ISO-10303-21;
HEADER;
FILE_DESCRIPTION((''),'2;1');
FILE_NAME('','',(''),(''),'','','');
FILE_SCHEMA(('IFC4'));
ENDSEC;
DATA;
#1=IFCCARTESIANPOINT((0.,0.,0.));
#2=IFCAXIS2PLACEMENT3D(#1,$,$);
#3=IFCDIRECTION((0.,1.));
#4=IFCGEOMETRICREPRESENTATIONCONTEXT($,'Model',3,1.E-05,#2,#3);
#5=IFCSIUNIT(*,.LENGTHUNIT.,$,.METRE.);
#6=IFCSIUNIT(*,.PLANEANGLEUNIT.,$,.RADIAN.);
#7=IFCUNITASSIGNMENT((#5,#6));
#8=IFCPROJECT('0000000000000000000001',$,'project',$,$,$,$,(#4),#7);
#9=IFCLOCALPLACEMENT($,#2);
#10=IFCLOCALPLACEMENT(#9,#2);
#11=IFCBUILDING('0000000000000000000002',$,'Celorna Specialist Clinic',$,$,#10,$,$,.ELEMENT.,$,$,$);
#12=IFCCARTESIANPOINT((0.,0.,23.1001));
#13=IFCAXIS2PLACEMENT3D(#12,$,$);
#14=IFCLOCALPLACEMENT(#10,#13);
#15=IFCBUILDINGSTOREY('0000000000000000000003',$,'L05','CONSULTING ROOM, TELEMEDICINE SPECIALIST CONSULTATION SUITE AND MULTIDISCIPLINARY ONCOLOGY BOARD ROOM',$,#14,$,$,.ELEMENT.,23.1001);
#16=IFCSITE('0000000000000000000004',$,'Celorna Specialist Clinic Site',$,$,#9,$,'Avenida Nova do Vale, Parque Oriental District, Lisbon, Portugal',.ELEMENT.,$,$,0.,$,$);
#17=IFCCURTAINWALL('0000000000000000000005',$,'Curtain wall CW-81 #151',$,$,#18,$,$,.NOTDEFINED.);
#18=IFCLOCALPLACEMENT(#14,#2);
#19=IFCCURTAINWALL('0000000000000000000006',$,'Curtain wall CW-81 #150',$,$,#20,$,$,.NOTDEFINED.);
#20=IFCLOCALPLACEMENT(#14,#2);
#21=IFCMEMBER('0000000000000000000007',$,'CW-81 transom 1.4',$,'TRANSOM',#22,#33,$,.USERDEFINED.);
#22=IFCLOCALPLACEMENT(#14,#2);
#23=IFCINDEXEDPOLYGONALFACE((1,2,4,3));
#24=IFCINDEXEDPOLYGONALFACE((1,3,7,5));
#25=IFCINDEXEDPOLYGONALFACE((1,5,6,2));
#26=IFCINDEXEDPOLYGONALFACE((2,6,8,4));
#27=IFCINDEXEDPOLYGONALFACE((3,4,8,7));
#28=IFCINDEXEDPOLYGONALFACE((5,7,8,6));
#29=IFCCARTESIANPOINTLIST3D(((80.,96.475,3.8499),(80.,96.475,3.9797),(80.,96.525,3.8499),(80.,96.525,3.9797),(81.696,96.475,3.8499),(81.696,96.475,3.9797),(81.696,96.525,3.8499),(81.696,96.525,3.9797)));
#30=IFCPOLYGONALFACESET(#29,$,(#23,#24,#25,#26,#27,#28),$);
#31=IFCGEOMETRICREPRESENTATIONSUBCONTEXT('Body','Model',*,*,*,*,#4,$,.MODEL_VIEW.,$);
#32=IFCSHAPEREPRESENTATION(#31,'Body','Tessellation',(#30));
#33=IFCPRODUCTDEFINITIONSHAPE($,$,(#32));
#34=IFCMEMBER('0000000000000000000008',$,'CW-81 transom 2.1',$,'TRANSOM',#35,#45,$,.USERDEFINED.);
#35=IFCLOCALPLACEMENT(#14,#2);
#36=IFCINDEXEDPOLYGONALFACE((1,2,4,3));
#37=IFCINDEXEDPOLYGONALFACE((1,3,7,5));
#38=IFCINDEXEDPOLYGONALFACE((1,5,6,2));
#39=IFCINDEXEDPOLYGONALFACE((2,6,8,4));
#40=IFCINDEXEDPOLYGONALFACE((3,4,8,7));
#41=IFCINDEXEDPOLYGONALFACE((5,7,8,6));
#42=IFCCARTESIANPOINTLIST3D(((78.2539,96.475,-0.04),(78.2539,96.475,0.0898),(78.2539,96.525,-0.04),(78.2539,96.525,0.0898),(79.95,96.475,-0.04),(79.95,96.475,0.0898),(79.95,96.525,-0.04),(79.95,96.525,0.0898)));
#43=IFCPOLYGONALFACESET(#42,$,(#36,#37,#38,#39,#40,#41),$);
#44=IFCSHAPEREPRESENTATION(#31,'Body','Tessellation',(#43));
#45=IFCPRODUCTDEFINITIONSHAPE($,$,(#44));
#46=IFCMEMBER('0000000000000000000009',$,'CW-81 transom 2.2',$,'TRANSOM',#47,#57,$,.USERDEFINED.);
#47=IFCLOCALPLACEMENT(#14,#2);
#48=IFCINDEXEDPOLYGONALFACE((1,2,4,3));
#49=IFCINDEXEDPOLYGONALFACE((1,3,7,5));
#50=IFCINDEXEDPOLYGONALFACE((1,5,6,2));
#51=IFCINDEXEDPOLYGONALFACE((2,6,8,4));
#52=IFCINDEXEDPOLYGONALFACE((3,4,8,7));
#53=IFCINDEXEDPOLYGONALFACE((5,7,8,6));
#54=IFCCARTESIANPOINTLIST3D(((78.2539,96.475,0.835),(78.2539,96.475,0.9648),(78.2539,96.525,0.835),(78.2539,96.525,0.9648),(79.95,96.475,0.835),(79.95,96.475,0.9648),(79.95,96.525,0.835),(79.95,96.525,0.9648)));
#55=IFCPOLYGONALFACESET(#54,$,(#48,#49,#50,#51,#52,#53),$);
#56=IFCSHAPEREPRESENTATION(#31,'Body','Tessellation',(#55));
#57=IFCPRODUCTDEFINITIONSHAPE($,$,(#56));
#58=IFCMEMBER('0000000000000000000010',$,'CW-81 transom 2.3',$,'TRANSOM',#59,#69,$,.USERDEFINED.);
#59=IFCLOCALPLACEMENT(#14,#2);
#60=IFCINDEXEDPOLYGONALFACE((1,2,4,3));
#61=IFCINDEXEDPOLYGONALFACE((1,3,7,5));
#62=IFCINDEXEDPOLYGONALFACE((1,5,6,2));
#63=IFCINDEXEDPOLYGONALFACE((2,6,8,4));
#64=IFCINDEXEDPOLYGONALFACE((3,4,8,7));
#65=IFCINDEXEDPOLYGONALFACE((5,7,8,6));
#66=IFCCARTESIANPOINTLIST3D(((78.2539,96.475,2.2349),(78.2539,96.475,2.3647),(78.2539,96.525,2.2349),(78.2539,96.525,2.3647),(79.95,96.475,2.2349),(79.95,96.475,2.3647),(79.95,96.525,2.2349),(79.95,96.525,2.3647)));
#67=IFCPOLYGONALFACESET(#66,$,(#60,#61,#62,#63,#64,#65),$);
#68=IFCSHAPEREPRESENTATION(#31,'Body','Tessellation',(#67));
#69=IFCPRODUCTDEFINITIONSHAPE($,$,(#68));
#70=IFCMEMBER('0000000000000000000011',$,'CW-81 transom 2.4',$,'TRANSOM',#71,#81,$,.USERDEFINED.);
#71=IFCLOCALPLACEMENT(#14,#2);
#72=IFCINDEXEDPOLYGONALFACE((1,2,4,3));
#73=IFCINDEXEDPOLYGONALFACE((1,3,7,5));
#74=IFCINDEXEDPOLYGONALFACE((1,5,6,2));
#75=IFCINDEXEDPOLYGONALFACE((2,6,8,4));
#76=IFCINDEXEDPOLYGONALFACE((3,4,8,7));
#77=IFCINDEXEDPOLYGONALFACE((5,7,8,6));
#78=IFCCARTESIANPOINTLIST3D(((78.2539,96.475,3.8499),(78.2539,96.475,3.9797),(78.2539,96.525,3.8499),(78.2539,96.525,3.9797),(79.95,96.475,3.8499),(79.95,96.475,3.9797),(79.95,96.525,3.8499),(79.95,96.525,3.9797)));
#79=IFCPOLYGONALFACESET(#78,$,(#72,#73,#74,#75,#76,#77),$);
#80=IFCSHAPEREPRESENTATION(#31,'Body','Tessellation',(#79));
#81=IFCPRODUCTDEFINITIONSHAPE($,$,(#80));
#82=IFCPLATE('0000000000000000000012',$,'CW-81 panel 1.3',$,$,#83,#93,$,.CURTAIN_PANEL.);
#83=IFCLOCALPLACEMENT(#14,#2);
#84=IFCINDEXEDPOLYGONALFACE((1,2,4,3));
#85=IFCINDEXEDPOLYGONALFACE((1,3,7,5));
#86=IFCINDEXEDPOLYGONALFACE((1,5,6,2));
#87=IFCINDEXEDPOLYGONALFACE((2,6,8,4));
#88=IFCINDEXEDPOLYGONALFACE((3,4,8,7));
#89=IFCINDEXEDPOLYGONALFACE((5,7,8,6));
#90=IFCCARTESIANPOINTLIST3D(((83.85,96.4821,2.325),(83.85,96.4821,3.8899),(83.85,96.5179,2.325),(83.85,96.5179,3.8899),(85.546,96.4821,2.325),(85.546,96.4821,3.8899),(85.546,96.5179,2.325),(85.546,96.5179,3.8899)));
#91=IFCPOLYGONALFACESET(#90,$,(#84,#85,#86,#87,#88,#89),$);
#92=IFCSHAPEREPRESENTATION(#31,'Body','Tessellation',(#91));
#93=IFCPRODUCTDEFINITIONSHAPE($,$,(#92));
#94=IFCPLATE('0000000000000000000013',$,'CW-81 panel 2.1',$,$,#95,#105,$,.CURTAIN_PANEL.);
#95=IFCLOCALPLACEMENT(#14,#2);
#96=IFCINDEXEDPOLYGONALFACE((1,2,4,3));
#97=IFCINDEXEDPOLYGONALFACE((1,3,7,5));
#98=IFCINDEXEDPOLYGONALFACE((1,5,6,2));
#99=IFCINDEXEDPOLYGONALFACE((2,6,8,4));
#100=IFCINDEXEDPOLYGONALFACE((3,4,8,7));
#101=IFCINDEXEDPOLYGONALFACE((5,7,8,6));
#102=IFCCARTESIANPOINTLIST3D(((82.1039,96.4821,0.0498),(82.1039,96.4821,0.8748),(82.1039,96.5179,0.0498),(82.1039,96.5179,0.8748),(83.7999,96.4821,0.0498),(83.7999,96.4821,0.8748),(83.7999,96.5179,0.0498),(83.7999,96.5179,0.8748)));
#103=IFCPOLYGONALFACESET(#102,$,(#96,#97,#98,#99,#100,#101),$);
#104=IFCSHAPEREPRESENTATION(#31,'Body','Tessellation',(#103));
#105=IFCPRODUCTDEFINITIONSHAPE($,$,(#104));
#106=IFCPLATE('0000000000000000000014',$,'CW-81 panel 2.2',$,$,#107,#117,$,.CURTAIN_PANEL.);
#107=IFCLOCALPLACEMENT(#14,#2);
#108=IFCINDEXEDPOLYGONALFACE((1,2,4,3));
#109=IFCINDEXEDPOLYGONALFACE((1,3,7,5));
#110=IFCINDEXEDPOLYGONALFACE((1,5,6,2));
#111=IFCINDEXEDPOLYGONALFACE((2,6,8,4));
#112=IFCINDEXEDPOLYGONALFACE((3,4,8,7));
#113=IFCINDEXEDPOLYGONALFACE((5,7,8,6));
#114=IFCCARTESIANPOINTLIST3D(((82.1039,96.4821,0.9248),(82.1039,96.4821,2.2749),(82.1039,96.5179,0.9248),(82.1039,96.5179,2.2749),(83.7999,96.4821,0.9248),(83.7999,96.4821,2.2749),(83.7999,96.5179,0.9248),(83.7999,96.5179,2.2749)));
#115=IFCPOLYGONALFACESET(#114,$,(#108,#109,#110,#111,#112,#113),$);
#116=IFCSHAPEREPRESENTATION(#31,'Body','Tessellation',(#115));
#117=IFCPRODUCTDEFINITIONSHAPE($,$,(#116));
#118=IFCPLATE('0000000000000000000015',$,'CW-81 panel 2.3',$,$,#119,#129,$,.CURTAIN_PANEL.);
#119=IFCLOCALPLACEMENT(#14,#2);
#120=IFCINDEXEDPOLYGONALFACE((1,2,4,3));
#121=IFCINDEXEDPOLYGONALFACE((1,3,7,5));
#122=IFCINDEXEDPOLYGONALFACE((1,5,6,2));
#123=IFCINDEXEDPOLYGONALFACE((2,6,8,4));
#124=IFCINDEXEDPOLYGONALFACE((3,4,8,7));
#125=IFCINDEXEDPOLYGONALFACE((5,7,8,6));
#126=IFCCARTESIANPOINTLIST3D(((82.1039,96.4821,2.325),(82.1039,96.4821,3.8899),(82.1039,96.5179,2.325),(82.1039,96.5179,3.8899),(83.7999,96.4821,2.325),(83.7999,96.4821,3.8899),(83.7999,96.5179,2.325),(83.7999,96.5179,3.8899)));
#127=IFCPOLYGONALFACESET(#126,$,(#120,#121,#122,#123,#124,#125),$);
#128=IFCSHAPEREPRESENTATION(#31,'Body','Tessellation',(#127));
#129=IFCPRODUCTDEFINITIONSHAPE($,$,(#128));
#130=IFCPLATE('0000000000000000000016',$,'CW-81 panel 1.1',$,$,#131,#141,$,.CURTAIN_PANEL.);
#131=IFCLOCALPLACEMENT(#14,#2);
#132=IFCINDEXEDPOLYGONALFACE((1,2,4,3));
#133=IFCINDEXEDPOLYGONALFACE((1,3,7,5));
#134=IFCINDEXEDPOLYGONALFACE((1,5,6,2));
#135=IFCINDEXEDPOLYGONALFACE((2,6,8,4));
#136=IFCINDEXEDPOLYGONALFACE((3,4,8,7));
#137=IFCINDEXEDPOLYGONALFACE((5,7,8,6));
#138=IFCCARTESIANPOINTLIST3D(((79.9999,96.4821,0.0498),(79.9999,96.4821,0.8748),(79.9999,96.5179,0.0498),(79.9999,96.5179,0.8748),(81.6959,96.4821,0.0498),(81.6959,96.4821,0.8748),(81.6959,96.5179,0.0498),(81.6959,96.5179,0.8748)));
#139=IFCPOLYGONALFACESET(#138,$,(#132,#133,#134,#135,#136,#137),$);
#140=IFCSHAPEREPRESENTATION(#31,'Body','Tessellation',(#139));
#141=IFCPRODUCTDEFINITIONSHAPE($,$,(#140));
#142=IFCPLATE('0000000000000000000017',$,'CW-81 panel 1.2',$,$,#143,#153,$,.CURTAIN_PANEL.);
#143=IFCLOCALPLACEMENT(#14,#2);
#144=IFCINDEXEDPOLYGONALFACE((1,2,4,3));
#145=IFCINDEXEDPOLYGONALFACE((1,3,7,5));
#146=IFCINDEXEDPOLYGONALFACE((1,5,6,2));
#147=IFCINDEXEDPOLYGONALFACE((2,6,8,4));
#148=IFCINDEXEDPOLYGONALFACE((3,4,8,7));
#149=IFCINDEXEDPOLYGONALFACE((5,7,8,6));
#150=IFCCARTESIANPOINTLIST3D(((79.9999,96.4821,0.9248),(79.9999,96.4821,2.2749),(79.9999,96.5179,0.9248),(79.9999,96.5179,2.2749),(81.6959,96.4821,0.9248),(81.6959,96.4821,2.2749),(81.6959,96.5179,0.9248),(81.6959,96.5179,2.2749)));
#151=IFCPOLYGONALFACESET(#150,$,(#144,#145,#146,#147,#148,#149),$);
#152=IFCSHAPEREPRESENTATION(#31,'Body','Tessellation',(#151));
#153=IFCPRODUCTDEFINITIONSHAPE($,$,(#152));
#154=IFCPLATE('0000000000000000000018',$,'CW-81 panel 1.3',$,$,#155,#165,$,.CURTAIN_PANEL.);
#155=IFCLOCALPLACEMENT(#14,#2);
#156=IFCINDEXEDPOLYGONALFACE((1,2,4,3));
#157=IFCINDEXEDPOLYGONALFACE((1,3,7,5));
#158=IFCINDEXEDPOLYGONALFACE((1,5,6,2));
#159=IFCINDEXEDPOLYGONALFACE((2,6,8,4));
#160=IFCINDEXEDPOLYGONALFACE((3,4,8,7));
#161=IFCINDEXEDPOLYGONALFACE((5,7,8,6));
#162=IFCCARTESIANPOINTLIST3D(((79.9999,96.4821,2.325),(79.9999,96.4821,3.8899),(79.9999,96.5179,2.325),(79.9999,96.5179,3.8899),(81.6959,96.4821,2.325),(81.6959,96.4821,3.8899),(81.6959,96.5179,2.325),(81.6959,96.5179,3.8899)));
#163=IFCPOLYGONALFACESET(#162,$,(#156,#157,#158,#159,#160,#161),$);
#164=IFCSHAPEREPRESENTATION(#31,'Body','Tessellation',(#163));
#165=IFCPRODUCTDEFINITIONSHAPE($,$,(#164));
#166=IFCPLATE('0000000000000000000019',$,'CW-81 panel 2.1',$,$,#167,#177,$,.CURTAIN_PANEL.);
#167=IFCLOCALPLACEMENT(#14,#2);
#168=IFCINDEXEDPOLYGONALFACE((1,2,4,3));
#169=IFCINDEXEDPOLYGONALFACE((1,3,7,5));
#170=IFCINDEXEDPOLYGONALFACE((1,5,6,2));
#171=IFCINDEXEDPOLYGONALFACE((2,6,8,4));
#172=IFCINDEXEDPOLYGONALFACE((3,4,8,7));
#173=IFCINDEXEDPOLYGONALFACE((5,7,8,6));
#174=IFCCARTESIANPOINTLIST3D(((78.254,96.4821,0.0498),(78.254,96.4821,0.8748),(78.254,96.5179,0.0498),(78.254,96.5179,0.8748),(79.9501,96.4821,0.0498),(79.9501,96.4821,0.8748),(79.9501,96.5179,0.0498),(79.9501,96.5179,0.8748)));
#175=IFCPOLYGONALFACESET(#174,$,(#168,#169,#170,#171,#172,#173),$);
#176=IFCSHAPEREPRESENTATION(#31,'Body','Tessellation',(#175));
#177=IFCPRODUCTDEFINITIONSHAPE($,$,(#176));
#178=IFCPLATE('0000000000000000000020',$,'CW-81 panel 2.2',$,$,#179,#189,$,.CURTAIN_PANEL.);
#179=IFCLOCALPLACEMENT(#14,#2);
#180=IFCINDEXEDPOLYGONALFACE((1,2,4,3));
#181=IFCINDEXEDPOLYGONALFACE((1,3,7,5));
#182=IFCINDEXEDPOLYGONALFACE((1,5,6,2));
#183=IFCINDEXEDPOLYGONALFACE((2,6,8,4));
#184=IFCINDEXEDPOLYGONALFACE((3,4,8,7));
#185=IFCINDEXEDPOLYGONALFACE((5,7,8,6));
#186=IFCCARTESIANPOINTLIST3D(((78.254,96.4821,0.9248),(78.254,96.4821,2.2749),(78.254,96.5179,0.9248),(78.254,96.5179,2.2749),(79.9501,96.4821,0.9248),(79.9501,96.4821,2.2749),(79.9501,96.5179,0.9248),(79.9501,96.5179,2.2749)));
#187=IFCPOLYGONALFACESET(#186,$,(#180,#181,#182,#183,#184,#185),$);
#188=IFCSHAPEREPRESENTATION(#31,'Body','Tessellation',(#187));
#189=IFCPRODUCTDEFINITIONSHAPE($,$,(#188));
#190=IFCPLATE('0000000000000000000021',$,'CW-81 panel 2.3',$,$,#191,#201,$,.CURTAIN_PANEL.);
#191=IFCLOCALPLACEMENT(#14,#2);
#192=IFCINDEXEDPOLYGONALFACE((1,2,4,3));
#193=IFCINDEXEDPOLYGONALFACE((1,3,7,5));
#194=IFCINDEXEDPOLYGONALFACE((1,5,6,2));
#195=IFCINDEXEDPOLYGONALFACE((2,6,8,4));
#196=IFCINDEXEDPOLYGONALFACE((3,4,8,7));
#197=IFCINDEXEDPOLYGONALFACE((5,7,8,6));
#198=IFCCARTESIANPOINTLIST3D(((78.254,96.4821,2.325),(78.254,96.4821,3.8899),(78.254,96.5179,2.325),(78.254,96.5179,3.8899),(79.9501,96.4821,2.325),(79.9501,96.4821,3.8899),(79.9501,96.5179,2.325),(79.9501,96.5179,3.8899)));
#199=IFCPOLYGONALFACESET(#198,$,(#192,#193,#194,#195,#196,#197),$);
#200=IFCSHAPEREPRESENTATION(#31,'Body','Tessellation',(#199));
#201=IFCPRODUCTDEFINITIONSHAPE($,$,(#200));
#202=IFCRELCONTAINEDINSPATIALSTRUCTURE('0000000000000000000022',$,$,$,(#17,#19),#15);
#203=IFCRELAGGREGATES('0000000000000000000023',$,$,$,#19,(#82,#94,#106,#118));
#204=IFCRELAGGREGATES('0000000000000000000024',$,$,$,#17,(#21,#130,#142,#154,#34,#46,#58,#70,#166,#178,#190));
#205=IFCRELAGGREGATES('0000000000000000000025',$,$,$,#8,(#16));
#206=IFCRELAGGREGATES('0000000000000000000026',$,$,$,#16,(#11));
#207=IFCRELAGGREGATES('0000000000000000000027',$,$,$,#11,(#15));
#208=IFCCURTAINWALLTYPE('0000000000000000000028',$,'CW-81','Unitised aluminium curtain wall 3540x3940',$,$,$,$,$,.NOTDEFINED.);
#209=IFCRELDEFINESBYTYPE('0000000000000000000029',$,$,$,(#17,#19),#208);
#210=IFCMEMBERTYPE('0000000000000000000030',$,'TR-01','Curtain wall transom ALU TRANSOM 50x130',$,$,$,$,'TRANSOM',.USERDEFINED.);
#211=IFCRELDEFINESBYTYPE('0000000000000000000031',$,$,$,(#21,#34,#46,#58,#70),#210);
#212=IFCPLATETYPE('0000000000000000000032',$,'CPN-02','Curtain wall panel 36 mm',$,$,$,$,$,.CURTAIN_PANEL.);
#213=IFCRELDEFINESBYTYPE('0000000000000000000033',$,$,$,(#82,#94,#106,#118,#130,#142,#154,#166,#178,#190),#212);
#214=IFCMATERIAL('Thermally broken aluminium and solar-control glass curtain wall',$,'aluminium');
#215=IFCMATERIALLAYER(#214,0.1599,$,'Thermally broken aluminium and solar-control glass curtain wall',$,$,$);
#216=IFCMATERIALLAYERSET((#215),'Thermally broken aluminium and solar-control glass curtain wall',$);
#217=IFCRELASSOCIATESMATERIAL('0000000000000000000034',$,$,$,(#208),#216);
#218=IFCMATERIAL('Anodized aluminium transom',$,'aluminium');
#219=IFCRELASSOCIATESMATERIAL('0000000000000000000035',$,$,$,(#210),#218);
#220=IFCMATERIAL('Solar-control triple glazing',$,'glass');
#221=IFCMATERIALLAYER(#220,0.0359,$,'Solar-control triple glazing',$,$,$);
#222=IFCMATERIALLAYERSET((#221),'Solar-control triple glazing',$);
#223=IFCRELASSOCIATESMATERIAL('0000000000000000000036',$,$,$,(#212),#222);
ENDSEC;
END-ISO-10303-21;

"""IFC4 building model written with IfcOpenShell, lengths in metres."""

from ifc_helpers import new_model, si_unit, direction, frame, origin, origin_2d, place, context, subcontext, project, spatial, rectangle, extrude, material, layer, layer_set, material_profile, profile_set, type_object, element, aggregate, save


model = new_model("IFC4")

# Units and contexts
model_context = context("Model", 3, precision=1e-05, world=origin(), true_north=direction((0.0, 1.0)))
body_context = subcontext(model_context, "Body", "Model", "MODEL_VIEW")
ifc_project = project(units=[si_unit("LENGTHUNIT", "METRE"), si_unit("PLANEANGLEUNIT", "RADIAN")], contexts=[model_context])

# Site, building, storey
site_placement = place(None, origin())
site = spatial("IfcSite", under=ifc_project, at=site_placement, Name="Celorna Specialist Clinic Site", LongName="Avenida Nova do Vale, Parque Oriental District, Lisbon, Portugal", CompositionType="ELEMENT", RefElevation=0.0)
building_placement = place(site_placement, origin())
building = spatial("IfcBuilding", under=site, at=building_placement, Name="Celorna Specialist Clinic", CompositionType="ELEMENT")
storey_placement = place(building_placement, frame((0.0, 0.0, 23.1001)))
storey = spatial("IfcBuildingStorey", under=building, at=storey_placement, Name="L05", Description="CONSULTING ROOM, TELEMEDICINE SPECIALIST CONSULTATION SUITE AND MULTIDISCIPLINARY ONCOLOGY BOARD ROOM", CompositionType="ELEMENT", Elevation=23.1001)

# Curtain wall
ifc_material_1 = material(Name="Thermally broken aluminium and solar-control glass curtain wall", Category="aluminium")
ifc_layer_1 = layer(ifc_material_1, 0.1599, Name="Thermally broken aluminium and solar-control glass curtain wall")
ifc_layer_set_1 = layer_set([ifc_layer_1], Name="Thermally broken aluminium and solar-control glass curtain wall")
curtain_wall_type_1 = type_object("IfcCurtainWallType", Name="CW-81", Description="Unitised aluminium curtain wall 3540x3940", PredefinedType="NOTDEFINED", material=ifc_layer_set_1)
curtain_wall_1_placement = place(storey_placement, origin())
curtain_wall_1 = element("IfcCurtainWall", 1, at=curtain_wall_1_placement, inside=storey, type_object=curtain_wall_type_1, Name="Curtain wall CW-81 #151", PredefinedType="NOTDEFINED")

# Curtain wall
curtain_wall_2_placement = place(storey_placement, origin())
curtain_wall_2 = element("IfcCurtainWall", 2, at=curtain_wall_2_placement, inside=storey, type_object=curtain_wall_type_1, Name="Curtain wall CW-81 #150", PredefinedType="NOTDEFINED")
ifc_material_2 = material(Name="Anodized aluminium transom", Category="aluminium")
ifc_material_profile_1 = material_profile(ifc_material_2, rectangle(XDim=0.05, YDim=0.1299, at=origin_2d()), Name="ALU TRANSOM 50x130")
ifc_profile_set_1 = profile_set([ifc_material_profile_1], Name="Anodized aluminium transom")
member_type_1 = type_object("IfcMemberType", Name="TR-01", Description="Curtain wall transom ALU TRANSOM 50x130", ElementType="TRANSOM", PredefinedType="USERDEFINED", material=ifc_profile_set_1)

# Members
member_1_placement = place(storey_placement, frame((81.696, 96.5, 3.9148), z_axis=(-1.0, 0.0, 0.0), x_axis=(0.0, -1.0, 0.0)))
member_1 = element("IfcMember", 3, at=member_1_placement, type_object=member_type_1, Name="CW-81 transom 1.4", ObjectType="TRANSOM", PredefinedType="USERDEFINED", context=body_context, shape_type="SweptSolid", body=[
    extrude(rectangle(XDim=0.05, YDim=0.1299, at=origin_2d()), origin(), (0.0, 0.0, 1.0), 1.696),
])
member_2_placement = place(storey_placement, frame((79.95, 96.5, 0.0249), z_axis=(-1.0, 0.0, 0.0), x_axis=(0.0, -1.0, 0.0)))
member_2 = element("IfcMember", 4, at=member_2_placement, type_object=member_type_1, Name="CW-81 transom 2.1", ObjectType="TRANSOM", PredefinedType="USERDEFINED", context=body_context, shape_type="SweptSolid", body=[
    extrude(rectangle(XDim=0.05, YDim=0.1299, at=origin_2d()), origin(), (0.0, 0.0, 1.0), 1.696),
])
member_3_placement = place(storey_placement, frame((79.95, 96.5, 0.8999), z_axis=(-1.0, 0.0, 0.0), x_axis=(0.0, -1.0, 0.0)))
member_3 = element("IfcMember", 5, at=member_3_placement, type_object=member_type_1, Name="CW-81 transom 2.2", ObjectType="TRANSOM", PredefinedType="USERDEFINED", context=body_context, shape_type="SweptSolid", body=[
    extrude(rectangle(XDim=0.05, YDim=0.1299, at=origin_2d()), origin(), (0.0, 0.0, 1.0), 1.696),
])
member_4_placement = place(storey_placement, frame((79.95, 96.5, 2.2998), z_axis=(-1.0, 0.0, 0.0), x_axis=(0.0, -1.0, 0.0)))
member_4 = element("IfcMember", 6, at=member_4_placement, type_object=member_type_1, Name="CW-81 transom 2.3", ObjectType="TRANSOM", PredefinedType="USERDEFINED", context=body_context, shape_type="SweptSolid", body=[
    extrude(rectangle(XDim=0.05, YDim=0.1299, at=origin_2d()), origin(), (0.0, 0.0, 1.0), 1.696),
])
member_5_placement = place(storey_placement, frame((79.95, 96.5, 3.9148), z_axis=(-1.0, 0.0, 0.0), x_axis=(0.0, -1.0, 0.0)))
member_5 = element("IfcMember", 7, at=member_5_placement, type_object=member_type_1, Name="CW-81 transom 2.4", ObjectType="TRANSOM", PredefinedType="USERDEFINED", context=body_context, shape_type="SweptSolid", body=[
    extrude(rectangle(XDim=0.05, YDim=0.1299, at=origin_2d()), origin(), (0.0, 0.0, 1.0), 1.696),
])

# Plates
ifc_material_3 = material(Name="Solar-control triple glazing", Category="glass")
ifc_layer_2 = layer(ifc_material_3, 0.0359, Name="Solar-control triple glazing")
ifc_layer_set_2 = layer_set([ifc_layer_2], Name="Solar-control triple glazing")
plate_type_1 = type_object("IfcPlateType", Name="CPN-02", Description="Curtain wall panel 36 mm", PredefinedType="CURTAIN_PANEL", material=ifc_layer_set_2)
plate_1_placement = place(storey_placement, frame((84.698, 96.5, 2.325), z_axis=(0.0, 0.0, 1.0), x_axis=(-1.0, 0.0, 0.0)))
plate_1 = element("IfcPlate", 8, at=plate_1_placement, type_object=plate_type_1, Name="CW-81 panel 1.3", PredefinedType="CURTAIN_PANEL", context=body_context, shape_type="SweptSolid", body=[
    extrude(rectangle(XDim=1.696, YDim=0.0359, at=origin_2d()), origin(), (0.0, 0.0, 1.0), 1.5649),
])
plate_2_placement = place(storey_placement, frame((82.9519, 96.5, 0.0498), z_axis=(0.0, 0.0, 1.0), x_axis=(-1.0, 0.0, 0.0)))
plate_2 = element("IfcPlate", 9, at=plate_2_placement, type_object=plate_type_1, Name="CW-81 panel 2.1", PredefinedType="CURTAIN_PANEL", context=body_context, shape_type="SweptSolid", body=[
    extrude(rectangle(XDim=1.696, YDim=0.0359, at=origin_2d()), origin(), (0.0, 0.0, 1.0), 0.825),
])
plate_3_placement = place(storey_placement, frame((82.9519, 96.5, 0.9248), z_axis=(0.0, 0.0, 1.0), x_axis=(-1.0, 0.0, 0.0)))
plate_3 = element("IfcPlate", 10, at=plate_3_placement, type_object=plate_type_1, Name="CW-81 panel 2.2", PredefinedType="CURTAIN_PANEL", context=body_context, shape_type="SweptSolid", body=[
    extrude(rectangle(XDim=1.696, YDim=0.0359, at=origin_2d()), origin(), (0.0, 0.0, 1.0), 1.3501),
])
plate_4_placement = place(storey_placement, frame((82.9519, 96.5, 2.325), z_axis=(0.0, 0.0, 1.0), x_axis=(-1.0, 0.0, 0.0)))
plate_4 = element("IfcPlate", 11, at=plate_4_placement, type_object=plate_type_1, Name="CW-81 panel 2.3", PredefinedType="CURTAIN_PANEL", context=body_context, shape_type="SweptSolid", body=[
    extrude(rectangle(XDim=1.696, YDim=0.0359, at=origin_2d()), origin(), (0.0, 0.0, 1.0), 1.5649),
])
aggregate(curtain_wall_2, [plate_1, plate_2, plate_3, plate_4])
plate_5_placement = place(storey_placement, frame((80.8479, 96.5, 0.0498), z_axis=(0.0, 0.0, 1.0), x_axis=(-1.0, 0.0, 0.0)))
plate_5 = element("IfcPlate", 12, at=plate_5_placement, type_object=plate_type_1, Name="CW-81 panel 1.1", PredefinedType="CURTAIN_PANEL", context=body_context, shape_type="SweptSolid", body=[
    extrude(rectangle(XDim=1.696, YDim=0.0359, at=origin_2d()), origin(), (0.0, 0.0, 1.0), 0.825),
])
plate_6_placement = place(storey_placement, frame((80.8479, 96.5, 0.9248), z_axis=(0.0, 0.0, 1.0), x_axis=(-1.0, 0.0, 0.0)))
plate_6 = element("IfcPlate", 13, at=plate_6_placement, type_object=plate_type_1, Name="CW-81 panel 1.2", PredefinedType="CURTAIN_PANEL", context=body_context, shape_type="SweptSolid", body=[
    extrude(rectangle(XDim=1.696, YDim=0.0359, at=origin_2d()), origin(), (0.0, 0.0, 1.0), 1.3501),
])
plate_7_placement = place(storey_placement, frame((80.8479, 96.5, 2.325), z_axis=(0.0, 0.0, 1.0), x_axis=(-1.0, 0.0, 0.0)))
plate_7 = element("IfcPlate", 14, at=plate_7_placement, type_object=plate_type_1, Name="CW-81 panel 1.3", PredefinedType="CURTAIN_PANEL", context=body_context, shape_type="SweptSolid", body=[
    extrude(rectangle(XDim=1.696, YDim=0.0359, at=origin_2d()), origin(), (0.0, 0.0, 1.0), 1.5649),
])
plate_8_placement = place(storey_placement, frame((79.1021, 96.5, 0.0498), z_axis=(0.0, 0.0, 1.0), x_axis=(-1.0, 0.0, 0.0)))
plate_8 = element("IfcPlate", 15, at=plate_8_placement, type_object=plate_type_1, Name="CW-81 panel 2.1", PredefinedType="CURTAIN_PANEL", context=body_context, shape_type="SweptSolid", body=[
    extrude(rectangle(XDim=1.696, YDim=0.0359, at=origin_2d()), origin(), (0.0, 0.0, 1.0), 0.825),
])
plate_9_placement = place(storey_placement, frame((79.1021, 96.5, 0.9248), z_axis=(0.0, 0.0, 1.0), x_axis=(-1.0, 0.0, 0.0)))
plate_9 = element("IfcPlate", 16, at=plate_9_placement, type_object=plate_type_1, Name="CW-81 panel 2.2", PredefinedType="CURTAIN_PANEL", context=body_context, shape_type="SweptSolid", body=[
    extrude(rectangle(XDim=1.696, YDim=0.0359, at=origin_2d()), origin(), (0.0, 0.0, 1.0), 1.3501),
])
plate_10_placement = place(storey_placement, frame((79.1021, 96.5, 2.325), z_axis=(0.0, 0.0, 1.0), x_axis=(-1.0, 0.0, 0.0)))
plate_10 = element("IfcPlate", 17, at=plate_10_placement, type_object=plate_type_1, Name="CW-81 panel 2.3", PredefinedType="CURTAIN_PANEL", context=body_context, shape_type="SweptSolid", body=[
    extrude(rectangle(XDim=1.696, YDim=0.0359, at=origin_2d()), origin(), (0.0, 0.0, 1.0), 1.5649),
])
aggregate(curtain_wall_1, [member_1, plate_5, plate_6, plate_7, member_2, member_3, member_4, member_5, plate_8, plate_9, plate_10])

save(model, "model.ifc")
